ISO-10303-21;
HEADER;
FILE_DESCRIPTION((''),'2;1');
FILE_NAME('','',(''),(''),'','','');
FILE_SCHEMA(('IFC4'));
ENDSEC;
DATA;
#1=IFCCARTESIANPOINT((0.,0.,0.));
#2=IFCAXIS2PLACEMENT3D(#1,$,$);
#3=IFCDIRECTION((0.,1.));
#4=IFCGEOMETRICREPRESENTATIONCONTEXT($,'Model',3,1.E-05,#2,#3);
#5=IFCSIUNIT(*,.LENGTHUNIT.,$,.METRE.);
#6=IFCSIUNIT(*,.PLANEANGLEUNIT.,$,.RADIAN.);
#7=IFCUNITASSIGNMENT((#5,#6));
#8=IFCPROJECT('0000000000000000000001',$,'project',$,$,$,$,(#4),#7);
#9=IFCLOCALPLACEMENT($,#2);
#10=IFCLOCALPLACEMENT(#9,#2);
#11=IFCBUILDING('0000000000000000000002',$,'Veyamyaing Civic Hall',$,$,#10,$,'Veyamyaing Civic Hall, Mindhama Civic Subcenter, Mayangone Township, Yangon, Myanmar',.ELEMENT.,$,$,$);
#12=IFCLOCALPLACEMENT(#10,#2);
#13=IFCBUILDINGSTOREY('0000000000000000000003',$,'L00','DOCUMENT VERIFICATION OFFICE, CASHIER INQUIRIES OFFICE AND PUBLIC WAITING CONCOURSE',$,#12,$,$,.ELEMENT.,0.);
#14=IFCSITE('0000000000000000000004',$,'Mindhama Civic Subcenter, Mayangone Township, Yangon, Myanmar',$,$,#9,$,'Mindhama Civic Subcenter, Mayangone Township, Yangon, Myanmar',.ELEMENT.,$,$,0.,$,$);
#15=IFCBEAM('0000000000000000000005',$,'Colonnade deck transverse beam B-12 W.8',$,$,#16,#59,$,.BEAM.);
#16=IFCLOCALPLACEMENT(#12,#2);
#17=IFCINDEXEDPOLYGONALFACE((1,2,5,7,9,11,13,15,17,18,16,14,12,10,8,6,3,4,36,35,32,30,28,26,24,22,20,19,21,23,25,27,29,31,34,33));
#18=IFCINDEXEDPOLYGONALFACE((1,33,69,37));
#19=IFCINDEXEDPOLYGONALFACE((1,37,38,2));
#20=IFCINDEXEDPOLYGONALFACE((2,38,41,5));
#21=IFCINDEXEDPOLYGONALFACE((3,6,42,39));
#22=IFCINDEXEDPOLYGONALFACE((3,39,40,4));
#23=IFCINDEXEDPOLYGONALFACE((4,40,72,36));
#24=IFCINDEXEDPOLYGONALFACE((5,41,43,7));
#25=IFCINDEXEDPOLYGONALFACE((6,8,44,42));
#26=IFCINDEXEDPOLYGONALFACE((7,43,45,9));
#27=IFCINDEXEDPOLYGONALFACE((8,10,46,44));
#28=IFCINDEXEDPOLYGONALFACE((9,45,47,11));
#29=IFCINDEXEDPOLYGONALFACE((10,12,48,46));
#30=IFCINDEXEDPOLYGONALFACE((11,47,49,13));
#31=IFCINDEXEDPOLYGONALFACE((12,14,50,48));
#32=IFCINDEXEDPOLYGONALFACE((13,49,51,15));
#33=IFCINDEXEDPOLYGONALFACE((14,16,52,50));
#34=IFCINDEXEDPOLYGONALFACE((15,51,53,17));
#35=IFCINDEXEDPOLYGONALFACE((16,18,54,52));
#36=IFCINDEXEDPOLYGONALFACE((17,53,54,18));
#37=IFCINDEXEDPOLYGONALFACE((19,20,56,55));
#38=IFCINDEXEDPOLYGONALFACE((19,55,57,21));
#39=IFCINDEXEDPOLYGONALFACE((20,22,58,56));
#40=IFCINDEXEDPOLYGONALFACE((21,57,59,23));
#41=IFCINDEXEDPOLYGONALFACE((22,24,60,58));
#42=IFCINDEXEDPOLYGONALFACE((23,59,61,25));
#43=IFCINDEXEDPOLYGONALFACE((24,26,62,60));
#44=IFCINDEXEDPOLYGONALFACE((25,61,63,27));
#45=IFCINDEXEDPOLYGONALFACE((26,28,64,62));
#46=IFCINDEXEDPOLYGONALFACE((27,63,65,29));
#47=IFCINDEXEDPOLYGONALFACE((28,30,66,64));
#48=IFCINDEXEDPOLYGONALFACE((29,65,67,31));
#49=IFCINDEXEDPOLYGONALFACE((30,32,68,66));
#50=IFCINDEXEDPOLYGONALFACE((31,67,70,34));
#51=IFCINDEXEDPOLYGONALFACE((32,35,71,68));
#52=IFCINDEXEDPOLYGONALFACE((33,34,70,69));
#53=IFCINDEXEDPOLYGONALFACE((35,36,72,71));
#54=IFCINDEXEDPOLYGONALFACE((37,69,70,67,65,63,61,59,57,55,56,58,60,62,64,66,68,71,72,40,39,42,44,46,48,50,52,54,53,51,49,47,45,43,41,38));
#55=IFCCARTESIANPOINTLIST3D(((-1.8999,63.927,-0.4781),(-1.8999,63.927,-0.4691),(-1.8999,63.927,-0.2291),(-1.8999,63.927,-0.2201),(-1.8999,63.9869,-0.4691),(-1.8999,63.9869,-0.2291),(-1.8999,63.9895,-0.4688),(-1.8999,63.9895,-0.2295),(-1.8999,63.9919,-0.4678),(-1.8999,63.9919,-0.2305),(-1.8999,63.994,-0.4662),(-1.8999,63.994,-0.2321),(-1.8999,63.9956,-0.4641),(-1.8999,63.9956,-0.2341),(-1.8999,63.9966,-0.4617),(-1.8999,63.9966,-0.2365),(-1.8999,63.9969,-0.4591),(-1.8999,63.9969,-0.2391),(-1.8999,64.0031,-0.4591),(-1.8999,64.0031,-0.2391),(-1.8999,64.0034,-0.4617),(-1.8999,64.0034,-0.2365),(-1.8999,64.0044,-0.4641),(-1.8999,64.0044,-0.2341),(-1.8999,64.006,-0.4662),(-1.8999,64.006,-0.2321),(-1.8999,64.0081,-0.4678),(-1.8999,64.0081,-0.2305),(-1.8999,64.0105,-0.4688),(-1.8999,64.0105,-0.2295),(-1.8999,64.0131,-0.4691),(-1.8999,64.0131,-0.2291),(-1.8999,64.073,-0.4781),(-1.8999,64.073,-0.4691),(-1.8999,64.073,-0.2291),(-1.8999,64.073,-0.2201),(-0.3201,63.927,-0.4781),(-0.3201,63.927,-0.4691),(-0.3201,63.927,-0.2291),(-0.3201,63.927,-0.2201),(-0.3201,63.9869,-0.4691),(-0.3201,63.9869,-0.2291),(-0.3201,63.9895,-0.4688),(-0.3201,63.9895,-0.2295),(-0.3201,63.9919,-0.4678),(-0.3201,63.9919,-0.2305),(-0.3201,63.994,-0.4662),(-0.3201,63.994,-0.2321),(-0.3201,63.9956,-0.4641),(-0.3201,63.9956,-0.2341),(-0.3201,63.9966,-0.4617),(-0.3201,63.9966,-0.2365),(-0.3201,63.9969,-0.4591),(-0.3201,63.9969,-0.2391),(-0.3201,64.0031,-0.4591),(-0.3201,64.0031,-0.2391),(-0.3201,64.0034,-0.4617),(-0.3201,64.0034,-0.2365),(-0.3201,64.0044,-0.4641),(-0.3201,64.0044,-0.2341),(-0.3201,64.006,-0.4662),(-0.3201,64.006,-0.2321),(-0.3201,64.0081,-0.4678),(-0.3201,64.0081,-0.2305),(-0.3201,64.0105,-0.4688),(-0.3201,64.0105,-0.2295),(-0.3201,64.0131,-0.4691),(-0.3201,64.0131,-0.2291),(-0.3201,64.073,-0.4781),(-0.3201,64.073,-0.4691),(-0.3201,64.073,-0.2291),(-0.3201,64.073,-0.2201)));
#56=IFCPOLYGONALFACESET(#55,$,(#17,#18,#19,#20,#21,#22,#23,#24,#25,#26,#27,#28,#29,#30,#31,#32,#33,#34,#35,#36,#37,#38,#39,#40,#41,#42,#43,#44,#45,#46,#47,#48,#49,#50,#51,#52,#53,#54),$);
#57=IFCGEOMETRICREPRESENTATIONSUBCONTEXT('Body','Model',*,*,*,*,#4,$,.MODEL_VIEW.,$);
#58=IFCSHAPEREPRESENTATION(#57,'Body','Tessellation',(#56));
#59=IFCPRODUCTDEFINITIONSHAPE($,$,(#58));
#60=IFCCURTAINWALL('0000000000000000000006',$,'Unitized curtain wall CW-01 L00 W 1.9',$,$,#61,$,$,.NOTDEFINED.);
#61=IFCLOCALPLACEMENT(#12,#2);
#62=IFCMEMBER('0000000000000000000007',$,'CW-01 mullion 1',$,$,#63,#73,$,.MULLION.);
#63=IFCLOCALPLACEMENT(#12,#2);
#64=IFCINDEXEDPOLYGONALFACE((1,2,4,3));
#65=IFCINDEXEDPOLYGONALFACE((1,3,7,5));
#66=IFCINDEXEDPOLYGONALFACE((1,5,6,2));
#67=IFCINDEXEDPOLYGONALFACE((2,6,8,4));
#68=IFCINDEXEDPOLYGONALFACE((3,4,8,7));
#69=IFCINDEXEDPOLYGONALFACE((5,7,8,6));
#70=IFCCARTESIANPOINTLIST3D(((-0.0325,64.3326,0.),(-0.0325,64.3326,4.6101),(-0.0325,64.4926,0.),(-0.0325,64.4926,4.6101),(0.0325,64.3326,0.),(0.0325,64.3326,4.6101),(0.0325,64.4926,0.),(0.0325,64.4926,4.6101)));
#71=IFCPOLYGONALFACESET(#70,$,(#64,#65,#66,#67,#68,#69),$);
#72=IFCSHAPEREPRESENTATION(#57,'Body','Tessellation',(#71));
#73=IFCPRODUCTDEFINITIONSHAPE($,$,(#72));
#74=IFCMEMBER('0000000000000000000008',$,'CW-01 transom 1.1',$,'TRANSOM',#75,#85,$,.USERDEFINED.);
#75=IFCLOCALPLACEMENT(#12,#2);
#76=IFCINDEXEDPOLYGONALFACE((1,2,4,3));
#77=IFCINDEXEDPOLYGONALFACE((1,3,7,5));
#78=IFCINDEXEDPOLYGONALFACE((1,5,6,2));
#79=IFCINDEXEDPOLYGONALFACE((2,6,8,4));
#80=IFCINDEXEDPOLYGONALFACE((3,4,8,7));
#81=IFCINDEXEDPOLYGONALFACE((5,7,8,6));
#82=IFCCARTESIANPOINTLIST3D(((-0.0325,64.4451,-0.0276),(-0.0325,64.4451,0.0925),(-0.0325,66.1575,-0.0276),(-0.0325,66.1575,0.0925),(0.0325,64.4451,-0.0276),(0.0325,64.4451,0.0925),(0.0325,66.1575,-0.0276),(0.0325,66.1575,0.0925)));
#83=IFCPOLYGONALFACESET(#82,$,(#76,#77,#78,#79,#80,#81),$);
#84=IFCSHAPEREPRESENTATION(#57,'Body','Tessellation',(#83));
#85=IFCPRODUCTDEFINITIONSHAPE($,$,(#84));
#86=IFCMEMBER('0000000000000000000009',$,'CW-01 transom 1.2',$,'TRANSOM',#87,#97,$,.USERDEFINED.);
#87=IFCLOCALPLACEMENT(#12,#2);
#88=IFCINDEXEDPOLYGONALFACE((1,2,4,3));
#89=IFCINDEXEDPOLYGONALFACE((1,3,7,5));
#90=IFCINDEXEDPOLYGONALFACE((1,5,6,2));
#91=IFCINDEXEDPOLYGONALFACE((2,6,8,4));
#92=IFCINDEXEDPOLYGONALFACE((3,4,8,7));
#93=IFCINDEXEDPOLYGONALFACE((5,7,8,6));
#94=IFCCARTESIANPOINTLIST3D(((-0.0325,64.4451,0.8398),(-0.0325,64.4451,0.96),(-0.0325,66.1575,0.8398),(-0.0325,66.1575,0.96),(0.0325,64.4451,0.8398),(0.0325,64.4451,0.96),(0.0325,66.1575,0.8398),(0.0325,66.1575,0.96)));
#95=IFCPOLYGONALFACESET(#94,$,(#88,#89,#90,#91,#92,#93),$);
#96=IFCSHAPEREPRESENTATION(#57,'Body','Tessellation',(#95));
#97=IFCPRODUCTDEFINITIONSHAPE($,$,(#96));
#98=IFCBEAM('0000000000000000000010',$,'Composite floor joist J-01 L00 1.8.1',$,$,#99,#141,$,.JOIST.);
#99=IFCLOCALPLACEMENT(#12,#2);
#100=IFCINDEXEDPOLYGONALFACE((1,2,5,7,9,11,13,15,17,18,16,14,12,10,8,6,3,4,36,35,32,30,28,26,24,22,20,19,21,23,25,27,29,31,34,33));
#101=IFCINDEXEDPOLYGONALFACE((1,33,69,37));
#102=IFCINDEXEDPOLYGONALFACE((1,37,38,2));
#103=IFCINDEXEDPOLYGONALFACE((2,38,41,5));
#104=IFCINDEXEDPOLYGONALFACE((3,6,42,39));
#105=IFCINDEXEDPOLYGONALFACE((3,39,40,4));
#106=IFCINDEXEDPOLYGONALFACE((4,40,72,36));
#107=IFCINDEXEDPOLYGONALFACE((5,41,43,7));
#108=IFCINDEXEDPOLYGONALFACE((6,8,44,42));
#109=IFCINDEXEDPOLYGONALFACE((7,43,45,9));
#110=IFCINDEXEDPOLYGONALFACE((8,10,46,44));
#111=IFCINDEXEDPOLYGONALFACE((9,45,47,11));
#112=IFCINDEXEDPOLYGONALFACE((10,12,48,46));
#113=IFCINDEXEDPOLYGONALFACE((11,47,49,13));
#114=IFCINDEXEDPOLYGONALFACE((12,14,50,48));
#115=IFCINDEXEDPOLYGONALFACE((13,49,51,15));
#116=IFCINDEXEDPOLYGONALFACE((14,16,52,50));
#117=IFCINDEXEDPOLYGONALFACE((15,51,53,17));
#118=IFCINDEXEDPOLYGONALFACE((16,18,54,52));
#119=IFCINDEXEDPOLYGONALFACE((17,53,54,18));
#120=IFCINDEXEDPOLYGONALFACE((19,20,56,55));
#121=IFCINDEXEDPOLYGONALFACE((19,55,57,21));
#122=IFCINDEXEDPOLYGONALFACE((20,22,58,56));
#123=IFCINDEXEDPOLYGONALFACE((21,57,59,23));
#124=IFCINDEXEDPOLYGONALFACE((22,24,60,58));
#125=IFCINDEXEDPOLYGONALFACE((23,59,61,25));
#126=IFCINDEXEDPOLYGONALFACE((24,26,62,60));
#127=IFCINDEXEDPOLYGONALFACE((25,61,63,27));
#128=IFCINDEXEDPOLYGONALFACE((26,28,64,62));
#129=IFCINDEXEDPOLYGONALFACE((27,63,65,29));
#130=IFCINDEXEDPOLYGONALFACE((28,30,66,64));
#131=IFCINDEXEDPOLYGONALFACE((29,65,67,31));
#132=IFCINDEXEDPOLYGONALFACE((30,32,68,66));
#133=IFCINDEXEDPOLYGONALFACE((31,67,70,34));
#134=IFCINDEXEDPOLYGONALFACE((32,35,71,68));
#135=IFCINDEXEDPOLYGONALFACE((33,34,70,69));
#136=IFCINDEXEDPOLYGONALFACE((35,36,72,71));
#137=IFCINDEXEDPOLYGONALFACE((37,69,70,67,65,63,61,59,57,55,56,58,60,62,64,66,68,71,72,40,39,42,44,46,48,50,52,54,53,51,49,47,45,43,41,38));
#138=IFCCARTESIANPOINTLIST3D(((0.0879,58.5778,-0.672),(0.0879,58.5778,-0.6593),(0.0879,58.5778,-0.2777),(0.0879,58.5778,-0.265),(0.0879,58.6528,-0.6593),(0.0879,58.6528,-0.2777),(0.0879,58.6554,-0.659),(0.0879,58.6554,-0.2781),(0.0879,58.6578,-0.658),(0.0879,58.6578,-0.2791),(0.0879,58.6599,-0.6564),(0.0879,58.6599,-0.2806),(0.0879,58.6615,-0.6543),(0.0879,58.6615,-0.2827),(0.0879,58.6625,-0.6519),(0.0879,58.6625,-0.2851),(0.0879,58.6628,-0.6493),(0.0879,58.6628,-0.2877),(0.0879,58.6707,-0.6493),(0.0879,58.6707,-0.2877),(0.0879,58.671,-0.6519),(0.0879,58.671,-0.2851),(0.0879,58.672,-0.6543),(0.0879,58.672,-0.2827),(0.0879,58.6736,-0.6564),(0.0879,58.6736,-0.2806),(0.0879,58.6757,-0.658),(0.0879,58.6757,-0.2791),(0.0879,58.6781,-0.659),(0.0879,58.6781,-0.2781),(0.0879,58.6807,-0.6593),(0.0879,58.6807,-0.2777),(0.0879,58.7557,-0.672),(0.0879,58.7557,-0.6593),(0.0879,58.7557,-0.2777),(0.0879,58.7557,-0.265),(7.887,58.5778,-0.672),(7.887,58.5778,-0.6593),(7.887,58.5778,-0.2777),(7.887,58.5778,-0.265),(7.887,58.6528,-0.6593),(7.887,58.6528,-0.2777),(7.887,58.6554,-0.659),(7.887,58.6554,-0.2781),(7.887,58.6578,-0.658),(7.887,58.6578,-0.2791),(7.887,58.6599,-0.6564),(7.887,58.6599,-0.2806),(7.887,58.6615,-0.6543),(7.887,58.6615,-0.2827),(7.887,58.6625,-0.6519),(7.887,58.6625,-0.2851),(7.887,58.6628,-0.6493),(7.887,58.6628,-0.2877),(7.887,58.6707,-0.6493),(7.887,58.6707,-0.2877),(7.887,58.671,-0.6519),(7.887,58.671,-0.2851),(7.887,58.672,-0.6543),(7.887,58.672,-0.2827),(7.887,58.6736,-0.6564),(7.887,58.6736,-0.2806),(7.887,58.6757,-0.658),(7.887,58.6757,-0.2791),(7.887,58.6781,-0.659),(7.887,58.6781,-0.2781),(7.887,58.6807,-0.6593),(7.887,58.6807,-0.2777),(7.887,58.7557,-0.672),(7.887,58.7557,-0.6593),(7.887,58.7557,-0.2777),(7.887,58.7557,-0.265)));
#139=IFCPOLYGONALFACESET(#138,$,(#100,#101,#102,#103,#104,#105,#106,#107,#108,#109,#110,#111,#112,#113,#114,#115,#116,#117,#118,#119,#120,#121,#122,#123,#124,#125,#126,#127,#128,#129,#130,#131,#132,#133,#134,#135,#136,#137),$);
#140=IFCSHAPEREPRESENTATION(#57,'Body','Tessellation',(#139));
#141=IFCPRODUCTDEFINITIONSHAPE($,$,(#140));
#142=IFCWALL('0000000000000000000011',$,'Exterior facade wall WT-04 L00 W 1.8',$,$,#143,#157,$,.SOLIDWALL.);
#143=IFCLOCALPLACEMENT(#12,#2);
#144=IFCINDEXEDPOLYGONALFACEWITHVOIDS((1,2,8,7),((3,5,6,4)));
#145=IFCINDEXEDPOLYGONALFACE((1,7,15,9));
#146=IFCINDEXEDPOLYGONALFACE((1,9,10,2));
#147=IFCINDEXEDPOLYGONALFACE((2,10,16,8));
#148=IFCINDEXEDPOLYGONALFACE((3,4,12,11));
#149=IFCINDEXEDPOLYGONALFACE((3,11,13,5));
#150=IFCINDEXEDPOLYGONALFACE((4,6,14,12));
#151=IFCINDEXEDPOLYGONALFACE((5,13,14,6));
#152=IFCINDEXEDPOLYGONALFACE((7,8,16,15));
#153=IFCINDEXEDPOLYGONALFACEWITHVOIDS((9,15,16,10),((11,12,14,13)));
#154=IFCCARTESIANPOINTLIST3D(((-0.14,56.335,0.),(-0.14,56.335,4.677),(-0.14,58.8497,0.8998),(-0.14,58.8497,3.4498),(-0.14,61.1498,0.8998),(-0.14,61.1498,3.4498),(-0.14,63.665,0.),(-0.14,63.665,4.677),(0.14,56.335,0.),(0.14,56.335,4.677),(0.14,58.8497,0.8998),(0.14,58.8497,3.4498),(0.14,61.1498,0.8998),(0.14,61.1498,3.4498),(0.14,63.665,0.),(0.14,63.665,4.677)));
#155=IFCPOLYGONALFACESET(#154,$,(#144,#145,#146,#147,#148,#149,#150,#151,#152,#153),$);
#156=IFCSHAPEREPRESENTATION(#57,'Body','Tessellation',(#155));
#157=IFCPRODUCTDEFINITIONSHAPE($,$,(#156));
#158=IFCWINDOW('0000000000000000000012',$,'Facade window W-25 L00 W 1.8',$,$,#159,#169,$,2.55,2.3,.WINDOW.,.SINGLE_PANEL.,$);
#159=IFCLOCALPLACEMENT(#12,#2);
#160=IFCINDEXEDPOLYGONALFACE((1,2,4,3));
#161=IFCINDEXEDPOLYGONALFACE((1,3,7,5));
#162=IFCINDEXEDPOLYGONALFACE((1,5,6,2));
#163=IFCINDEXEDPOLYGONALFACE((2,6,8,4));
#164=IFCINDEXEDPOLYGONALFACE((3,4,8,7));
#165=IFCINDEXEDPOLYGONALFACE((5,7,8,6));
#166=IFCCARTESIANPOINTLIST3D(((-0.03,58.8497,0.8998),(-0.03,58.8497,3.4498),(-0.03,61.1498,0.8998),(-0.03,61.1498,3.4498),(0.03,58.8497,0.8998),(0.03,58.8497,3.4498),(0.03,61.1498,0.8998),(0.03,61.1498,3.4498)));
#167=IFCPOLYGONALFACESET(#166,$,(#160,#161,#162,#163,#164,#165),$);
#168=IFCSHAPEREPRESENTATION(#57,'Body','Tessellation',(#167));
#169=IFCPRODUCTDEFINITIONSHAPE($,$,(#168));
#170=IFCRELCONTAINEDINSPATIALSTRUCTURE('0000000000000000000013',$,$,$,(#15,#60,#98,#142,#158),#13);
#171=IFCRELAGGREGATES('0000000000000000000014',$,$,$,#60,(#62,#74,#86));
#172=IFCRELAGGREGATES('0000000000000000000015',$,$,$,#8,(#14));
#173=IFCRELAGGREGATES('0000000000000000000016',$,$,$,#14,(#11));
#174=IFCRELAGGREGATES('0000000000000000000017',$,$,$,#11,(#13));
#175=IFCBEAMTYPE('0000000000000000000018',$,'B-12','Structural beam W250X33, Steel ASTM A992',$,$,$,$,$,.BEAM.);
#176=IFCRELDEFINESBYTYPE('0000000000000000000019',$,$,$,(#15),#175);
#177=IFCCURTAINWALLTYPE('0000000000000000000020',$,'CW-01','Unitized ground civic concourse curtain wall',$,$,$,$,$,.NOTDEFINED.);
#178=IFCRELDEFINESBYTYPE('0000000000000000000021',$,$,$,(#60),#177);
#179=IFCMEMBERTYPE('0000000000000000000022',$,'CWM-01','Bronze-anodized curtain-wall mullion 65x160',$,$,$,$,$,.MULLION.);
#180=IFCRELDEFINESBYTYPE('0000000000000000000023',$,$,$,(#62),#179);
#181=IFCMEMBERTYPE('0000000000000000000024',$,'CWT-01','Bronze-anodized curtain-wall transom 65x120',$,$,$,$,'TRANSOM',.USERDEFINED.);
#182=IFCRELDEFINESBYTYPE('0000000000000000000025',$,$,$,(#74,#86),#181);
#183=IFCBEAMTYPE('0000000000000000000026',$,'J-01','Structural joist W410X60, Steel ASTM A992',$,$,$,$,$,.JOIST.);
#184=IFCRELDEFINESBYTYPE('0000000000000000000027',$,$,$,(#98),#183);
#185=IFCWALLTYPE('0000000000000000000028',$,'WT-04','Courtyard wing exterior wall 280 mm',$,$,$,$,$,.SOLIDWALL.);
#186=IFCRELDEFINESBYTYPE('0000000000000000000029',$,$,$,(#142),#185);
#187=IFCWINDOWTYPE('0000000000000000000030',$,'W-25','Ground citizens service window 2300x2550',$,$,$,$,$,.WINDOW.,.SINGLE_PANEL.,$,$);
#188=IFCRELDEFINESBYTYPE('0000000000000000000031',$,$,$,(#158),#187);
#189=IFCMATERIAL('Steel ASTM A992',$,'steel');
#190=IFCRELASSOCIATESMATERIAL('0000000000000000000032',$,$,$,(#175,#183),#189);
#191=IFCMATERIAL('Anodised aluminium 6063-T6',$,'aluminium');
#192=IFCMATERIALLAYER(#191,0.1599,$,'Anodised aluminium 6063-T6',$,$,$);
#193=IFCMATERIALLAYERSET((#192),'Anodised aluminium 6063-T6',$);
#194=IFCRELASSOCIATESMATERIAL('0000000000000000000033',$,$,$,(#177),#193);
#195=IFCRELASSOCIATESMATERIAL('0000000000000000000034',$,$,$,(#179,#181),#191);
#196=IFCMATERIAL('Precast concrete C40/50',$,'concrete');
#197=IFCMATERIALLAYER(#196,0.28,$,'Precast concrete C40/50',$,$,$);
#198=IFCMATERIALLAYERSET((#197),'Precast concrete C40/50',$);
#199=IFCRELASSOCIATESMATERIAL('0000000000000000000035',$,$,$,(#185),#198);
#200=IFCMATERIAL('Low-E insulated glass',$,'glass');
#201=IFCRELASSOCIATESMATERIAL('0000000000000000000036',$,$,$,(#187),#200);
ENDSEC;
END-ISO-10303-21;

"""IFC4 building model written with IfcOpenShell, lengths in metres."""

from ifc_helpers import new_model, si_unit, direction, frame, frame_2d, origin, origin_2d, place, context, subcontext, project, spatial, rectangle, i_section, extrude, material, layer, layer_set, material_profile, profile_set, type_object, element, fill, aggregate, save


model = new_model("IFC4")

# Units and contexts
model_context = context("Model", 3, precision=1e-05, world=origin(), true_north=direction((0.0, 1.0)))
body_context = subcontext(model_context, "Body", "Model", "MODEL_VIEW")
ifc_project = project(units=[si_unit("LENGTHUNIT", "METRE"), si_unit("PLANEANGLEUNIT", "RADIAN")], contexts=[model_context])

# Site, building, storey
site_placement = place(None, origin())
site = spatial("IfcSite", under=ifc_project, at=site_placement, Name="Mindhama Civic Subcenter, Mayangone Township, Yangon, Myanmar", LongName="Mindhama Civic Subcenter, Mayangone Township, Yangon, Myanmar", CompositionType="ELEMENT", RefElevation=0.0)
building_placement = place(site_placement, origin())
building = spatial("IfcBuilding", under=site, at=building_placement, Name="Veyamyaing Civic Hall", LongName="Veyamyaing Civic Hall, Mindhama Civic Subcenter, Mayangone Township, Yangon, Myanmar", CompositionType="ELEMENT")
storey_placement = place(building_placement, origin())
storey = spatial("IfcBuildingStorey", under=building, at=storey_placement, Name="L00", Description="DOCUMENT VERIFICATION OFFICE, CASHIER INQUIRIES OFFICE AND PUBLIC WAITING CONCOURSE", CompositionType="ELEMENT", Elevation=0.0)

# Beam
ifc_material_1 = material(Name="Steel ASTM A992", Category="steel")
ifc_material_profile_1 = material_profile(ifc_material_1, i_section(OverallWidth=0.146, OverallDepth=0.2581, WebThickness=0.0061, FlangeThickness=0.009, FilletRadius=0.01, at=origin_2d()), Name="W250X33")
ifc_profile_set_1 = profile_set([ifc_material_profile_1], Name="Steel ASTM A992")
beam_type_1 = type_object("IfcBeamType", Name="B-12", Description="Structural beam W250X33, Steel ASTM A992", PredefinedType="BEAM", material=ifc_profile_set_1)
for number, where, z_axis, x_axis, name in (
    (1, (-1.8999, 64.0, -0.3491), (1.0, 0.0, 0.0), (0.0, 1.0, 0.0), "Colonnade deck transverse beam B-12 W.8"),
):
    element("IfcBeam", number, at=place(storey_placement, frame(where, z_axis=z_axis, x_axis=x_axis)), inside=storey, type_object=beam_type_1, Name=name, PredefinedType="BEAM", context=body_context, shape_type="SweptSolid", body=[
        extrude(i_section(OverallWidth=0.146, OverallDepth=0.2581, WebThickness=0.0061, FlangeThickness=0.009, FilletRadius=0.01, at=origin_2d()), origin(), (0.0, 0.0, 1.0), 1.5798),
    ])

# Curtain wall, members
ifc_material_2 = material(Name="Anodised aluminium 6063-T6", Category="aluminium")
ifc_layer_1 = layer(ifc_material_2, 0.1599, Name="Anodised aluminium 6063-T6")
ifc_layer_set_1 = layer_set([ifc_layer_1], Name="Anodised aluminium 6063-T6")
curtain_wall_type = type_object("IfcCurtainWallType", Name="CW-01", Description="Unitized ground civic concourse curtain wall", PredefinedType="NOTDEFINED", material=ifc_layer_set_1)
curtain_wall_placement = place(storey_placement, origin())
curtain_wall = element("IfcCurtainWall", 2, at=curtain_wall_placement, inside=storey, type_object=curtain_wall_type, Name="Unitized curtain wall CW-01 L00 W 1.9", PredefinedType="NOTDEFINED")
ifc_material_profile_2 = material_profile(ifc_material_2, rectangle(XDim=0.0649, YDim=0.1599, at=origin_2d()), Name="ALU-MUL-65X160")
ifc_profile_set_2 = profile_set([ifc_material_profile_2], Name="Anodised aluminium 6063-T6")
member_type_1 = type_object("IfcMemberType", Name="CWM-01", Description="Bronze-anodized curtain-wall mullion 65x160", PredefinedType="MULLION", material=ifc_profile_set_2)
member_1_placement = place(storey_placement, frame((0.0, 64.4126, 0.0), z_axis=(0.0, 0.0, 1.0), x_axis=(-1.0, 0.0, 0.0)))
member_1 = element("IfcMember", 3, at=member_1_placement, type_object=member_type_1, Name="CW-01 mullion 1", PredefinedType="MULLION", context=body_context, shape_type="SweptSolid", body=[
    extrude(rectangle(XDim=0.0649, YDim=0.1599, at=origin_2d()), origin(), (0.0, 0.0, 1.0), 4.6101),
])
ifc_material_profile_3 = material_profile(ifc_material_2, rectangle(XDim=0.0649, YDim=0.1201, at=origin_2d()), Name="ALU-TRN-65X120")
ifc_profile_set_3 = profile_set([ifc_material_profile_3], Name="Anodised aluminium 6063-T6")
member_type_2 = type_object("IfcMemberType", Name="CWT-01", Description="Bronze-anodized curtain-wall transom 65x120", ElementType="TRANSOM", PredefinedType="USERDEFINED", material=ifc_profile_set_3)
member_2_placement = place(storey_placement, frame((0.0, 64.4451, 0.0325), z_axis=(0.0, 1.0, 0.0), x_axis=(-1.0, 0.0, 0.0)))
member_2 = element("IfcMember", 4, at=member_2_placement, type_object=member_type_2, Name="CW-01 transom 1.1", ObjectType="TRANSOM", PredefinedType="USERDEFINED", context=body_context, shape_type="SweptSolid", body=[
    extrude(rectangle(XDim=0.0649, YDim=0.1201, at=origin_2d()), origin(), (0.0, 0.0, 1.0), 1.7124),
])
member_3_placement = place(storey_placement, frame((0.0, 64.4451, 0.8999), z_axis=(0.0, 1.0, 0.0), x_axis=(-1.0, 0.0, 0.0)))
member_3 = element("IfcMember", 5, at=member_3_placement, type_object=member_type_2, Name="CW-01 transom 1.2", ObjectType="TRANSOM", PredefinedType="USERDEFINED", context=body_context, shape_type="SweptSolid", body=[
    extrude(rectangle(XDim=0.0649, YDim=0.1201, at=origin_2d()), origin(), (0.0, 0.0, 1.0), 1.7124),
])
aggregate(curtain_wall, [member_1, member_2, member_3])

# Beam
ifc_material_profile_4 = material_profile(ifc_material_1, i_section(OverallWidth=0.178, OverallDepth=0.407, WebThickness=0.0078, FlangeThickness=0.0127, FilletRadius=0.01, at=origin_2d()), Name="W410X60")
ifc_profile_set_4 = profile_set([ifc_material_profile_4], Name="Steel ASTM A992")
beam_type_2 = type_object("IfcBeamType", Name="J-01", Description="Structural joist W410X60, Steel ASTM A992", PredefinedType="JOIST", material=ifc_profile_set_4)
beam_1_placement = place(storey_placement, frame((0.0879, 58.6667, -0.4685), z_axis=(1.0, 0.0, 0.0), x_axis=(0.0, 1.0, 0.0)))
element("IfcBeam", 6, at=beam_1_placement, inside=storey, type_object=beam_type_2, Name="Composite floor joist J-01 L00 1.8.1", PredefinedType="JOIST", context=body_context, shape_type="SweptSolid", body=[
    extrude(i_section(OverallWidth=0.178, OverallDepth=0.407, WebThickness=0.0078, FlangeThickness=0.0127, FilletRadius=0.01, at=origin_2d()), origin(), (0.0, 0.0, 1.0), 7.7991),
])

# Wall, opening, window
ifc_material_3 = material(Name="Precast concrete C40/50", Category="concrete")
ifc_layer_2 = layer(ifc_material_3, 0.28, Name="Precast concrete C40/50")
ifc_layer_set_2 = layer_set([ifc_layer_2], Name="Precast concrete C40/50")
wall_type = type_object("IfcWallType", Name="WT-04", Description="Courtyard wing exterior wall 280 mm", PredefinedType="SOLIDWALL", material=ifc_layer_set_2)
wall_placement = place(storey_placement, frame((0.0, 56.335, 0.0), z_axis=(0.0, 0.0, 1.0), x_axis=(0.0, 1.0, 0.0)))
wall = element("IfcWall", 7, at=wall_placement, inside=storey, type_object=wall_type, Name="Exterior facade wall WT-04 L00 W 1.8", PredefinedType="SOLIDWALL", context=body_context, shape_type="SweptSolid", body=[
    extrude(rectangle(XDim=7.3301, YDim=0.28, at=frame_2d((3.665, 0.0))), origin(), (0.0, 0.0, 1.0), 4.677),
])
opening_placement = place(wall_placement, frame((2.5149, 0.0, 0.8999)))
opening = element("IfcOpeningElement", 8, at=opening_placement, cuts=wall, PredefinedType="OPENING", context=body_context, shape_type="SweptSolid", body=[
    extrude(rectangle(XDim=2.3, YDim=2.55, at=frame_2d((1.1499, 1.2749))), frame((0.0, 0.1499, 0.0), z_axis=(0.0, -1.0, 0.0), x_axis=(1.0, 0.0, 0.0)), (0.0, 0.0, 1.0), 0.3),
])
ifc_material_4 = material(Name="Low-E insulated glass", Category="glass")
window_type = type_object("IfcWindowType", Name="W-25", Description="Ground citizens service window 2300x2550", PartitioningType="SINGLE_PANEL", PredefinedType="WINDOW", material=ifc_material_4)
window_placement = place(opening_placement, origin())
window = element("IfcWindow", 9, at=window_placement, inside=storey, type_object=window_type, Name="Facade window W-25 L00 W 1.8", OverallHeight=2.55, OverallWidth=2.3, PartitioningType="SINGLE_PANEL", PredefinedType="WINDOW", context=body_context, shape_type="SweptSolid", body=[
    extrude(rectangle(XDim=2.3, YDim=2.55, at=frame_2d((1.1499, 1.2749))), frame((0.0, 0.03, 0.0), z_axis=(0.0, -1.0, 0.0), x_axis=(1.0, 0.0, 0.0)), (0.0, 0.0, 1.0), 0.0601),
])
fill(opening, window)

save(model, "model.ifc")
